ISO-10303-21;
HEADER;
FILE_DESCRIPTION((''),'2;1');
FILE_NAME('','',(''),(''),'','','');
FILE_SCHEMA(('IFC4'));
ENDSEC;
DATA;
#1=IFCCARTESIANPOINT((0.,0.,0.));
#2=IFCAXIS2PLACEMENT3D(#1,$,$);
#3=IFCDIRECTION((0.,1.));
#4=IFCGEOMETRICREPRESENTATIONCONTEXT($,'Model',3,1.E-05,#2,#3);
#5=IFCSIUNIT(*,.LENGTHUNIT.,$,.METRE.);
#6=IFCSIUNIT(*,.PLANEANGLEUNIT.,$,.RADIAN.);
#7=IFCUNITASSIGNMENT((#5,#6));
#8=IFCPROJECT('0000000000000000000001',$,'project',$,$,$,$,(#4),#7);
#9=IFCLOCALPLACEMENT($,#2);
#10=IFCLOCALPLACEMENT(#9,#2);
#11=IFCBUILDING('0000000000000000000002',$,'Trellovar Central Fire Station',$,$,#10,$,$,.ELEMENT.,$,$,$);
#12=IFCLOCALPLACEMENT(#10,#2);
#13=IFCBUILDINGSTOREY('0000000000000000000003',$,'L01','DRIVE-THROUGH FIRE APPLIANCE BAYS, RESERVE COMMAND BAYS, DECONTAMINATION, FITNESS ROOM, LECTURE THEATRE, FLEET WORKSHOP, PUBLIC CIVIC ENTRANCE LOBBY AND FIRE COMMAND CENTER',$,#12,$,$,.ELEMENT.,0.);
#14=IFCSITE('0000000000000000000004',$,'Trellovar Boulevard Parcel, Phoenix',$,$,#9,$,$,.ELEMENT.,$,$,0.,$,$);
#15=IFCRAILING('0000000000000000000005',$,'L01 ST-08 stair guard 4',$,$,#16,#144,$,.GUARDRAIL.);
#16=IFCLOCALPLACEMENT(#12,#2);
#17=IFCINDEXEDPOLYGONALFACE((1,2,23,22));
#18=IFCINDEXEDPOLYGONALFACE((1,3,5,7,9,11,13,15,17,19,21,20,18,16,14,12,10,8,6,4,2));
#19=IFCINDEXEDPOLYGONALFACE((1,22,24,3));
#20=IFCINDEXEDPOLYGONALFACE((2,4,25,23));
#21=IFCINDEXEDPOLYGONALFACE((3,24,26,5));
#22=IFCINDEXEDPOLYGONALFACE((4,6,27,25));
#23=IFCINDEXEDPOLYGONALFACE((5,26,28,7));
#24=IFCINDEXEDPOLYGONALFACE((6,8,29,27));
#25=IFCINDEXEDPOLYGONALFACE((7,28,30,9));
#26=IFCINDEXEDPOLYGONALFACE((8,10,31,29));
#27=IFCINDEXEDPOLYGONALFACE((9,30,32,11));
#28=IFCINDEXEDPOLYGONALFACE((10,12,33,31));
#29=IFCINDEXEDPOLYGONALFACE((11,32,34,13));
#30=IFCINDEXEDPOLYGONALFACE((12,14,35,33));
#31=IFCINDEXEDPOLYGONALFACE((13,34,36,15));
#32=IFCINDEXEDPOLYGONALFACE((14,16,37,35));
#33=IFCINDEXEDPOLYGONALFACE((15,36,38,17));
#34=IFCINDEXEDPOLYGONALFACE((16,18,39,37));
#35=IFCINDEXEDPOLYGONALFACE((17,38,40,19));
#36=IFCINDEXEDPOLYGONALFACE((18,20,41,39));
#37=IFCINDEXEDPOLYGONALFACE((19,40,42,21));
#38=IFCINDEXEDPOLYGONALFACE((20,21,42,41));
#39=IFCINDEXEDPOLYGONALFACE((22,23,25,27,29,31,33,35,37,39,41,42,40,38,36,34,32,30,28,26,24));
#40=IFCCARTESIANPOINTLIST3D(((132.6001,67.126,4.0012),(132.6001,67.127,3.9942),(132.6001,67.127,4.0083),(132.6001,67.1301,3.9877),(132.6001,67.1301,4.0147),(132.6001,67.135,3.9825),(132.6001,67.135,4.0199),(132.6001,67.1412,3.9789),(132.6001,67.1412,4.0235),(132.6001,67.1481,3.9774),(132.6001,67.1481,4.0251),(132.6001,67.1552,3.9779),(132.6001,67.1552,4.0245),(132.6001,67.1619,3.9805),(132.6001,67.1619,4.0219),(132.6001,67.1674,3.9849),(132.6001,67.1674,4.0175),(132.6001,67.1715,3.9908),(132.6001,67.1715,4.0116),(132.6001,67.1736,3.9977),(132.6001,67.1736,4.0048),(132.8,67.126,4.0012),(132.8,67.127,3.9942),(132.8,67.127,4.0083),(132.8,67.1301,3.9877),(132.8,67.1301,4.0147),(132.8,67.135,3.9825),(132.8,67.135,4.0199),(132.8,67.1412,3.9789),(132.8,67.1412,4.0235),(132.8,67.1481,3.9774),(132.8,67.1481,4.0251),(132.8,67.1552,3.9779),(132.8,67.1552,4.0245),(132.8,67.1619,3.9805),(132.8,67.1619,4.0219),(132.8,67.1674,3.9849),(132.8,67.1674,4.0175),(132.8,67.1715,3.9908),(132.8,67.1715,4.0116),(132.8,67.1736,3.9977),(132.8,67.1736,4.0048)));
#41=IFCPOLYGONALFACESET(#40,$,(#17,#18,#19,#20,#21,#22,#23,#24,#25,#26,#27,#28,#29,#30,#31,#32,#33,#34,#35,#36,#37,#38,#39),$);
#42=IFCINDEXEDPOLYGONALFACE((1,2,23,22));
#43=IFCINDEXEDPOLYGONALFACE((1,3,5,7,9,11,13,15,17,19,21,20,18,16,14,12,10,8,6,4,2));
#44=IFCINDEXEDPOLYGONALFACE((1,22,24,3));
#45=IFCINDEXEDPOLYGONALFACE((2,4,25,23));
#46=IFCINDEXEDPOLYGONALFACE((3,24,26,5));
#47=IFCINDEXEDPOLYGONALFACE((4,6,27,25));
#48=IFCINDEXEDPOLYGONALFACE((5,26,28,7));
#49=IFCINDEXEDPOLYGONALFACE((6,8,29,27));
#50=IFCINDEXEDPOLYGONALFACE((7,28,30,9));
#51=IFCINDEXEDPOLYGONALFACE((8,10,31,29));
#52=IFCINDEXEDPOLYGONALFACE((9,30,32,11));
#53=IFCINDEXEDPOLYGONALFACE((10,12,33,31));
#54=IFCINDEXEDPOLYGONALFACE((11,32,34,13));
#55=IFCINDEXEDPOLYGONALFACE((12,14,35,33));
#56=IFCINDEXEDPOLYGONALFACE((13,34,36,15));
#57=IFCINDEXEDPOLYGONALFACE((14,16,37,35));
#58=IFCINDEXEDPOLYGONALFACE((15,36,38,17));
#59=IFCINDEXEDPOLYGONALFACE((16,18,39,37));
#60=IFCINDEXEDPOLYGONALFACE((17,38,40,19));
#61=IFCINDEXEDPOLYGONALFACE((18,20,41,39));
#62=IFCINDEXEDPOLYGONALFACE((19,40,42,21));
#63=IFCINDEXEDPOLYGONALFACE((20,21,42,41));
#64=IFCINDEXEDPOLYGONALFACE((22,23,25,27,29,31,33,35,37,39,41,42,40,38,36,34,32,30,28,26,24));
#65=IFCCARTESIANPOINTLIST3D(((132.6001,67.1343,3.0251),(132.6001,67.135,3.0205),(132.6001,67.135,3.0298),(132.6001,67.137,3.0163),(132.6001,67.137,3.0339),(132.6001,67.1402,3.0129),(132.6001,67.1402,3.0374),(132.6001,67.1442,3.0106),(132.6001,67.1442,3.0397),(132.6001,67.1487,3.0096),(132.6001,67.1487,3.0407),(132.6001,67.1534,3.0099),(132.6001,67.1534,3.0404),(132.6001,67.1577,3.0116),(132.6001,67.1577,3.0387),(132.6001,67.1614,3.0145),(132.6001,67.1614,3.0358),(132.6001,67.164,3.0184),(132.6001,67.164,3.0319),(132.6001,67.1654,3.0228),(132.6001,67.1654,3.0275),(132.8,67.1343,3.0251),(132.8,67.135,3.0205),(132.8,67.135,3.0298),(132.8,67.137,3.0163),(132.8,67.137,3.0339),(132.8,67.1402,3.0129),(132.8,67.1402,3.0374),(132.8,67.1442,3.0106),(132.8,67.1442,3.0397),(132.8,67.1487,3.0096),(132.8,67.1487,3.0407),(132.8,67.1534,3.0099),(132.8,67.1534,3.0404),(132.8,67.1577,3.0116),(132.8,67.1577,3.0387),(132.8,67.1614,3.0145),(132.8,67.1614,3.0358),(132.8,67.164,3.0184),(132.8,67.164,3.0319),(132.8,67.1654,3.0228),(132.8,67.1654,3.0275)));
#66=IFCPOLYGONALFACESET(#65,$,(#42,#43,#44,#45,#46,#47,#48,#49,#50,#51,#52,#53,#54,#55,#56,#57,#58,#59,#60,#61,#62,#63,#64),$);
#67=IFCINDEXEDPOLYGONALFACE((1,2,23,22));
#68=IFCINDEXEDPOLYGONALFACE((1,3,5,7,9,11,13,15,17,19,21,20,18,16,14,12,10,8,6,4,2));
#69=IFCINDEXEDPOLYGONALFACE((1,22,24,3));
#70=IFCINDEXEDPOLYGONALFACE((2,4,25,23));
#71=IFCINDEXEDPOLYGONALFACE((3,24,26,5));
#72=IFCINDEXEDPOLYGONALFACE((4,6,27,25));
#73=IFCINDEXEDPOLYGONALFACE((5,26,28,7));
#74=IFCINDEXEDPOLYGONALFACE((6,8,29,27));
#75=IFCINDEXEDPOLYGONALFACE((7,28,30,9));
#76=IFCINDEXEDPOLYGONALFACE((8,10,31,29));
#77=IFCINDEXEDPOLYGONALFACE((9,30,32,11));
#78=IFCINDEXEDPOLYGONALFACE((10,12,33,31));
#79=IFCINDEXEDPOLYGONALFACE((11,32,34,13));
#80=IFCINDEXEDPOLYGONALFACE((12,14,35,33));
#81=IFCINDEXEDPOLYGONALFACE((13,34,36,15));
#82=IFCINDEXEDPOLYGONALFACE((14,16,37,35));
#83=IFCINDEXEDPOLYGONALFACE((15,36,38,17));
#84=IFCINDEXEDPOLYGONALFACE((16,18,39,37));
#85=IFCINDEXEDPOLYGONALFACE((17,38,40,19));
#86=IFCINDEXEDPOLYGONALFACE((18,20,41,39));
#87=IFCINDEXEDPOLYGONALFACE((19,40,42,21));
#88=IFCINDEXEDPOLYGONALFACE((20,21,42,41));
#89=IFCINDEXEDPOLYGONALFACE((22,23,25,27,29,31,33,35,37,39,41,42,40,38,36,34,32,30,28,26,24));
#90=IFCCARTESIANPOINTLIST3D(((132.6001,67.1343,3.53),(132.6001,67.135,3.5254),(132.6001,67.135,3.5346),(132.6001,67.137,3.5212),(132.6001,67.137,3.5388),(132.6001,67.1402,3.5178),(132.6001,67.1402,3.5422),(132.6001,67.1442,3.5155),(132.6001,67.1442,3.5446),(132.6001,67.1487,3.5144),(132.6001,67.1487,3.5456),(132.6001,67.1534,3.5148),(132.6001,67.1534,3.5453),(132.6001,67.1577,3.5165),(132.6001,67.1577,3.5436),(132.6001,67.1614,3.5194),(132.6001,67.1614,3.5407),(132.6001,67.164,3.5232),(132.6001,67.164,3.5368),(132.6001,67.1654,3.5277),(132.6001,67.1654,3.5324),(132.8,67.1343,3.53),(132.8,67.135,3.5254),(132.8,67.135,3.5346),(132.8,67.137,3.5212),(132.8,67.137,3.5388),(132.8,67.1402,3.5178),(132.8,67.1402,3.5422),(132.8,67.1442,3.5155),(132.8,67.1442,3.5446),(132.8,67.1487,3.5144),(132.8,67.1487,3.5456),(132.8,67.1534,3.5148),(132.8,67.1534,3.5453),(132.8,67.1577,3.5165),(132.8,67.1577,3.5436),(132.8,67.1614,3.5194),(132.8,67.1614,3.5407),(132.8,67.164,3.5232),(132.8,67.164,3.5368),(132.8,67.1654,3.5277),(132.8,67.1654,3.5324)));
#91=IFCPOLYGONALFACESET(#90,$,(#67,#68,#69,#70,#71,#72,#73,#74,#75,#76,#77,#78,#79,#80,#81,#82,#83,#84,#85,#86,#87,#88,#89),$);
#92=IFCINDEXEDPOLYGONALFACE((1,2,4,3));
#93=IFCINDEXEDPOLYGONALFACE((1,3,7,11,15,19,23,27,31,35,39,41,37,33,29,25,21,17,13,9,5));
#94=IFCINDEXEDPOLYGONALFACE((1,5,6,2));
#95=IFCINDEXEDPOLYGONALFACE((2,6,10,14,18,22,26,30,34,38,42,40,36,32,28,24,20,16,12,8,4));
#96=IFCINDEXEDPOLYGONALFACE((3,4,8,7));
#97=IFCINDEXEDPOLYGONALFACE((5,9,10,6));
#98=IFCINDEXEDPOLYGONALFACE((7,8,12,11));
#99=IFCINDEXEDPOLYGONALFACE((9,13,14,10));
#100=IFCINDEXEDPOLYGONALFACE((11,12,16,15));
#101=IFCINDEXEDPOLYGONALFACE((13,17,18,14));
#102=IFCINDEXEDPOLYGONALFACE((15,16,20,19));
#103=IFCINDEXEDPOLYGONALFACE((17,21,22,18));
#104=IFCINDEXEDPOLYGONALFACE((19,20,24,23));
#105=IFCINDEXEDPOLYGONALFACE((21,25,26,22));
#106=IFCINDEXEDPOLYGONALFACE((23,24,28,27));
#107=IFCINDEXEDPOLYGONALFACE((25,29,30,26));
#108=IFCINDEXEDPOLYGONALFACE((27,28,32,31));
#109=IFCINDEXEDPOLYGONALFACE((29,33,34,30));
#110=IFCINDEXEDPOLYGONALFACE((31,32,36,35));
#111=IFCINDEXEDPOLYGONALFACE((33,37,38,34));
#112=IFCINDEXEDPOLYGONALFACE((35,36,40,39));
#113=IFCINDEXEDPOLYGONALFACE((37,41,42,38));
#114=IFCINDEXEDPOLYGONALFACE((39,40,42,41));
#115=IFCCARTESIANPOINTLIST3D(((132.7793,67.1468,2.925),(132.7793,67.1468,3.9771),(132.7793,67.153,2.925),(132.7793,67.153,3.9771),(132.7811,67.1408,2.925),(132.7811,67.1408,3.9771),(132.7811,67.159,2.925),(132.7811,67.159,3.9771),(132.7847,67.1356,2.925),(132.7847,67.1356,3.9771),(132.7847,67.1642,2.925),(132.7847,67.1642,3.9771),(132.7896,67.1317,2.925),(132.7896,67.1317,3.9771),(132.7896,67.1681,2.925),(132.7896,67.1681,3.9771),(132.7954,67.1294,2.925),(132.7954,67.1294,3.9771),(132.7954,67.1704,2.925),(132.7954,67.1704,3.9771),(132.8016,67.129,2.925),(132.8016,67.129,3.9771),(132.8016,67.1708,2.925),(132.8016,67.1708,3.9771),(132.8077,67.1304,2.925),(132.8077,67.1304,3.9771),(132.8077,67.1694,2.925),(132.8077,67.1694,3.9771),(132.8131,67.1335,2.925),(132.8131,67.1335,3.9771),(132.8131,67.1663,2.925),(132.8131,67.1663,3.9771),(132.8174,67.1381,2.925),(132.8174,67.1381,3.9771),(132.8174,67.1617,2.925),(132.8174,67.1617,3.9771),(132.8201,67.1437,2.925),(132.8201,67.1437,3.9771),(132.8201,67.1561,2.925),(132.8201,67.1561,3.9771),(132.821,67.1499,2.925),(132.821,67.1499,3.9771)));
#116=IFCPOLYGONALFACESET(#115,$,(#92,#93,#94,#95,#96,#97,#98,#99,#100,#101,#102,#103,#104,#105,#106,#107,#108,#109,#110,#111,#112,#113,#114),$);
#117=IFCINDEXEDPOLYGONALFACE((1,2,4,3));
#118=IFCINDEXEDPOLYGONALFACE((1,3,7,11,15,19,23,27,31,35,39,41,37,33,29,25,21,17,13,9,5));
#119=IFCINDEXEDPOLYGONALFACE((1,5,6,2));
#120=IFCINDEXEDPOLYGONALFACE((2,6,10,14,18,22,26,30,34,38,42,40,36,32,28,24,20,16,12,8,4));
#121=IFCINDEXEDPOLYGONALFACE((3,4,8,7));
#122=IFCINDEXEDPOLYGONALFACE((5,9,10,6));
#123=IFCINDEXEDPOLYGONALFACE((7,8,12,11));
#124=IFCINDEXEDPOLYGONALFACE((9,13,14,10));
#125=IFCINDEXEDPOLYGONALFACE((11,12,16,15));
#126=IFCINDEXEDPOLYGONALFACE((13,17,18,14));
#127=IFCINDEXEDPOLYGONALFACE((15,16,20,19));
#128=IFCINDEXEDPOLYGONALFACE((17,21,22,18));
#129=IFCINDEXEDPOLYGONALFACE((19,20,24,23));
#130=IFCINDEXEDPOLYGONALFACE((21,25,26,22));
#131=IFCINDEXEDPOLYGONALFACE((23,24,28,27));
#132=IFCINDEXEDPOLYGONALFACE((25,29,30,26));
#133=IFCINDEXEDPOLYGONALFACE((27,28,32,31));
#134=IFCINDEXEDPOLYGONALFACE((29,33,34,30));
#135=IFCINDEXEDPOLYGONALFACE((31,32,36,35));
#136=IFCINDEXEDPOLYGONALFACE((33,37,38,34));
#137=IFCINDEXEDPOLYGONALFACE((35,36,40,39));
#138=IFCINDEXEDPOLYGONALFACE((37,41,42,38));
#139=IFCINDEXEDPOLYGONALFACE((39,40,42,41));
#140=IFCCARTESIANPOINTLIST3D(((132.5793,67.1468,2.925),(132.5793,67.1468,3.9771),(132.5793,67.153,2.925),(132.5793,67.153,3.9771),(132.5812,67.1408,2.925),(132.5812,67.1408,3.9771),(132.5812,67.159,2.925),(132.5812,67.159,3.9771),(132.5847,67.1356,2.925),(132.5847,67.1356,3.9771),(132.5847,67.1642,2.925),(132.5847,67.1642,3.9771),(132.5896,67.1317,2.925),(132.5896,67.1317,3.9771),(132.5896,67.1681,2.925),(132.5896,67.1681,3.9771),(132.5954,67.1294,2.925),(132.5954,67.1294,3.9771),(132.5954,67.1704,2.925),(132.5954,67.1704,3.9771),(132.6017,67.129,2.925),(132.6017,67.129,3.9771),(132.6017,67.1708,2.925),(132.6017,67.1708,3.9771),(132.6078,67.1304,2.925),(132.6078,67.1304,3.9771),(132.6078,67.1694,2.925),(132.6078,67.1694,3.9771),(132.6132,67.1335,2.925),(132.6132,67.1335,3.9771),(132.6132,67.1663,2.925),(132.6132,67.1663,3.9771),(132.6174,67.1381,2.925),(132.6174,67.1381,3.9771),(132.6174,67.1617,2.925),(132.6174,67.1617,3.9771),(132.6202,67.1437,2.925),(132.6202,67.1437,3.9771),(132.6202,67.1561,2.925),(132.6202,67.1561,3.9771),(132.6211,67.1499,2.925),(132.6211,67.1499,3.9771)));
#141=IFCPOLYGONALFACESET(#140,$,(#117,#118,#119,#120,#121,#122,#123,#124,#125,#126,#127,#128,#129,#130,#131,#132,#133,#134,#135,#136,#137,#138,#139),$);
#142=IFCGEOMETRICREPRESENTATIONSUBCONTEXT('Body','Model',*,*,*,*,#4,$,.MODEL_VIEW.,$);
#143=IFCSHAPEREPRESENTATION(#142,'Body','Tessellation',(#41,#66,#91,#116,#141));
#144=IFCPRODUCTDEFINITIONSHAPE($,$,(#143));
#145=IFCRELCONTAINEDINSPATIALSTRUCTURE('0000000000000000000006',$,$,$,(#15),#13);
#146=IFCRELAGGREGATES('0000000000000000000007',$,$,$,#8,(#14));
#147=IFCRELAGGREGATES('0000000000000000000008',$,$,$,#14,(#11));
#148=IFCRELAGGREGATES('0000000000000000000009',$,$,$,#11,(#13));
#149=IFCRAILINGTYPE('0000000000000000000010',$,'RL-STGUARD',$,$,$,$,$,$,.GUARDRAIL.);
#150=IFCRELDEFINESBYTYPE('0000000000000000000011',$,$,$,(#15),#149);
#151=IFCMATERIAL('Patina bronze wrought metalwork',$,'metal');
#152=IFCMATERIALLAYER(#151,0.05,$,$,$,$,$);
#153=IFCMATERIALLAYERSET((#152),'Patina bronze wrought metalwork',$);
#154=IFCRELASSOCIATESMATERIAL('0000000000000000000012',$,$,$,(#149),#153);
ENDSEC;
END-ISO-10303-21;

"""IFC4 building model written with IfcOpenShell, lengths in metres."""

from ifc_helpers import new_model, si_unit, direction, frame, origin, origin_2d, place, context, subcontext, project, spatial, circle, extrude, material, layer, layer_set, type_object, element, save


model = new_model("IFC4")

# Units and contexts
model_context = context("Model", 3, precision=1e-05, world=origin(), true_north=direction((0.0, 1.0)))
body_context = subcontext(model_context, "Body", "Model", "MODEL_VIEW")
ifc_project = project(units=[si_unit("LENGTHUNIT", "METRE"), si_unit("PLANEANGLEUNIT", "RADIAN")], contexts=[model_context])

# Site, building, storey
site_placement = place(None, origin())
site = spatial("IfcSite", under=ifc_project, at=site_placement, Name="Trellovar Boulevard Parcel, Phoenix", CompositionType="ELEMENT", RefElevation=0.0)
building_placement = place(site_placement, origin())
building = spatial("IfcBuilding", under=site, at=building_placement, Name="Trellovar Central Fire Station", CompositionType="ELEMENT")
storey_placement = place(building_placement, origin())
storey = spatial("IfcBuildingStorey", under=building, at=storey_placement, Name="L01", Description="DRIVE-THROUGH FIRE APPLIANCE BAYS, RESERVE COMMAND BAYS, DECONTAMINATION, FITNESS ROOM, LECTURE THEATRE, FLEET WORKSHOP, PUBLIC CIVIC ENTRANCE LOBBY AND FIRE COMMAND CENTER", CompositionType="ELEMENT", Elevation=0.0)

# Railing
ifc_material_1 = material(Name="Patina bronze wrought metalwork", Category="metal")
ifc_layer_1 = layer(ifc_material_1, 0.05)
ifc_layer_set_1 = layer_set([ifc_layer_1], Name="Patina bronze wrought metalwork")
railing_type_1 = type_object("IfcRailingType", Name="RL-STGUARD", PredefinedType="GUARDRAIL", material=ifc_layer_set_1)
railing_1_placement = place(storey_placement, frame((132.8, 67.1499, 2.925)))
element("IfcRailing", 1, at=railing_1_placement, inside=storey, type_object=railing_type_1, Name="L01 ST-08 stair guard 4", PredefinedType="GUARDRAIL", context=body_context, shape_type="SweptSolid", body=[
    extrude(circle(Radius=0.0239, at=origin_2d()), frame((0.0, 0.0, 1.0762), z_axis=(-1.0, 0.0, 0.0), x_axis=(0.0, -1.0, 0.0)), (0.0, 0.0, 1.0), 0.2),
    extrude(circle(Radius=0.0156, at=origin_2d()), frame((0.0, 0.0, 0.1001), z_axis=(-1.0, 0.0, 0.0), x_axis=(0.0, -1.0, 0.0)), (0.0, 0.0, 1.0), 0.2),
    extrude(circle(Radius=0.0156, at=origin_2d()), frame((0.0, 0.0, 0.605), z_axis=(-1.0, 0.0, 0.0), x_axis=(0.0, -1.0, 0.0)), (0.0, 0.0, 1.0), 0.2),
    extrude(circle(Radius=0.021, at=origin_2d()), origin(), (0.0, 0.0, 1.0), 1.052),
    extrude(circle(Radius=0.021, at=origin_2d()), frame((-0.2, 0.0, 0.0)), (0.0, 0.0, 1.0), 1.052),
])

save(model, "model.ifc")
